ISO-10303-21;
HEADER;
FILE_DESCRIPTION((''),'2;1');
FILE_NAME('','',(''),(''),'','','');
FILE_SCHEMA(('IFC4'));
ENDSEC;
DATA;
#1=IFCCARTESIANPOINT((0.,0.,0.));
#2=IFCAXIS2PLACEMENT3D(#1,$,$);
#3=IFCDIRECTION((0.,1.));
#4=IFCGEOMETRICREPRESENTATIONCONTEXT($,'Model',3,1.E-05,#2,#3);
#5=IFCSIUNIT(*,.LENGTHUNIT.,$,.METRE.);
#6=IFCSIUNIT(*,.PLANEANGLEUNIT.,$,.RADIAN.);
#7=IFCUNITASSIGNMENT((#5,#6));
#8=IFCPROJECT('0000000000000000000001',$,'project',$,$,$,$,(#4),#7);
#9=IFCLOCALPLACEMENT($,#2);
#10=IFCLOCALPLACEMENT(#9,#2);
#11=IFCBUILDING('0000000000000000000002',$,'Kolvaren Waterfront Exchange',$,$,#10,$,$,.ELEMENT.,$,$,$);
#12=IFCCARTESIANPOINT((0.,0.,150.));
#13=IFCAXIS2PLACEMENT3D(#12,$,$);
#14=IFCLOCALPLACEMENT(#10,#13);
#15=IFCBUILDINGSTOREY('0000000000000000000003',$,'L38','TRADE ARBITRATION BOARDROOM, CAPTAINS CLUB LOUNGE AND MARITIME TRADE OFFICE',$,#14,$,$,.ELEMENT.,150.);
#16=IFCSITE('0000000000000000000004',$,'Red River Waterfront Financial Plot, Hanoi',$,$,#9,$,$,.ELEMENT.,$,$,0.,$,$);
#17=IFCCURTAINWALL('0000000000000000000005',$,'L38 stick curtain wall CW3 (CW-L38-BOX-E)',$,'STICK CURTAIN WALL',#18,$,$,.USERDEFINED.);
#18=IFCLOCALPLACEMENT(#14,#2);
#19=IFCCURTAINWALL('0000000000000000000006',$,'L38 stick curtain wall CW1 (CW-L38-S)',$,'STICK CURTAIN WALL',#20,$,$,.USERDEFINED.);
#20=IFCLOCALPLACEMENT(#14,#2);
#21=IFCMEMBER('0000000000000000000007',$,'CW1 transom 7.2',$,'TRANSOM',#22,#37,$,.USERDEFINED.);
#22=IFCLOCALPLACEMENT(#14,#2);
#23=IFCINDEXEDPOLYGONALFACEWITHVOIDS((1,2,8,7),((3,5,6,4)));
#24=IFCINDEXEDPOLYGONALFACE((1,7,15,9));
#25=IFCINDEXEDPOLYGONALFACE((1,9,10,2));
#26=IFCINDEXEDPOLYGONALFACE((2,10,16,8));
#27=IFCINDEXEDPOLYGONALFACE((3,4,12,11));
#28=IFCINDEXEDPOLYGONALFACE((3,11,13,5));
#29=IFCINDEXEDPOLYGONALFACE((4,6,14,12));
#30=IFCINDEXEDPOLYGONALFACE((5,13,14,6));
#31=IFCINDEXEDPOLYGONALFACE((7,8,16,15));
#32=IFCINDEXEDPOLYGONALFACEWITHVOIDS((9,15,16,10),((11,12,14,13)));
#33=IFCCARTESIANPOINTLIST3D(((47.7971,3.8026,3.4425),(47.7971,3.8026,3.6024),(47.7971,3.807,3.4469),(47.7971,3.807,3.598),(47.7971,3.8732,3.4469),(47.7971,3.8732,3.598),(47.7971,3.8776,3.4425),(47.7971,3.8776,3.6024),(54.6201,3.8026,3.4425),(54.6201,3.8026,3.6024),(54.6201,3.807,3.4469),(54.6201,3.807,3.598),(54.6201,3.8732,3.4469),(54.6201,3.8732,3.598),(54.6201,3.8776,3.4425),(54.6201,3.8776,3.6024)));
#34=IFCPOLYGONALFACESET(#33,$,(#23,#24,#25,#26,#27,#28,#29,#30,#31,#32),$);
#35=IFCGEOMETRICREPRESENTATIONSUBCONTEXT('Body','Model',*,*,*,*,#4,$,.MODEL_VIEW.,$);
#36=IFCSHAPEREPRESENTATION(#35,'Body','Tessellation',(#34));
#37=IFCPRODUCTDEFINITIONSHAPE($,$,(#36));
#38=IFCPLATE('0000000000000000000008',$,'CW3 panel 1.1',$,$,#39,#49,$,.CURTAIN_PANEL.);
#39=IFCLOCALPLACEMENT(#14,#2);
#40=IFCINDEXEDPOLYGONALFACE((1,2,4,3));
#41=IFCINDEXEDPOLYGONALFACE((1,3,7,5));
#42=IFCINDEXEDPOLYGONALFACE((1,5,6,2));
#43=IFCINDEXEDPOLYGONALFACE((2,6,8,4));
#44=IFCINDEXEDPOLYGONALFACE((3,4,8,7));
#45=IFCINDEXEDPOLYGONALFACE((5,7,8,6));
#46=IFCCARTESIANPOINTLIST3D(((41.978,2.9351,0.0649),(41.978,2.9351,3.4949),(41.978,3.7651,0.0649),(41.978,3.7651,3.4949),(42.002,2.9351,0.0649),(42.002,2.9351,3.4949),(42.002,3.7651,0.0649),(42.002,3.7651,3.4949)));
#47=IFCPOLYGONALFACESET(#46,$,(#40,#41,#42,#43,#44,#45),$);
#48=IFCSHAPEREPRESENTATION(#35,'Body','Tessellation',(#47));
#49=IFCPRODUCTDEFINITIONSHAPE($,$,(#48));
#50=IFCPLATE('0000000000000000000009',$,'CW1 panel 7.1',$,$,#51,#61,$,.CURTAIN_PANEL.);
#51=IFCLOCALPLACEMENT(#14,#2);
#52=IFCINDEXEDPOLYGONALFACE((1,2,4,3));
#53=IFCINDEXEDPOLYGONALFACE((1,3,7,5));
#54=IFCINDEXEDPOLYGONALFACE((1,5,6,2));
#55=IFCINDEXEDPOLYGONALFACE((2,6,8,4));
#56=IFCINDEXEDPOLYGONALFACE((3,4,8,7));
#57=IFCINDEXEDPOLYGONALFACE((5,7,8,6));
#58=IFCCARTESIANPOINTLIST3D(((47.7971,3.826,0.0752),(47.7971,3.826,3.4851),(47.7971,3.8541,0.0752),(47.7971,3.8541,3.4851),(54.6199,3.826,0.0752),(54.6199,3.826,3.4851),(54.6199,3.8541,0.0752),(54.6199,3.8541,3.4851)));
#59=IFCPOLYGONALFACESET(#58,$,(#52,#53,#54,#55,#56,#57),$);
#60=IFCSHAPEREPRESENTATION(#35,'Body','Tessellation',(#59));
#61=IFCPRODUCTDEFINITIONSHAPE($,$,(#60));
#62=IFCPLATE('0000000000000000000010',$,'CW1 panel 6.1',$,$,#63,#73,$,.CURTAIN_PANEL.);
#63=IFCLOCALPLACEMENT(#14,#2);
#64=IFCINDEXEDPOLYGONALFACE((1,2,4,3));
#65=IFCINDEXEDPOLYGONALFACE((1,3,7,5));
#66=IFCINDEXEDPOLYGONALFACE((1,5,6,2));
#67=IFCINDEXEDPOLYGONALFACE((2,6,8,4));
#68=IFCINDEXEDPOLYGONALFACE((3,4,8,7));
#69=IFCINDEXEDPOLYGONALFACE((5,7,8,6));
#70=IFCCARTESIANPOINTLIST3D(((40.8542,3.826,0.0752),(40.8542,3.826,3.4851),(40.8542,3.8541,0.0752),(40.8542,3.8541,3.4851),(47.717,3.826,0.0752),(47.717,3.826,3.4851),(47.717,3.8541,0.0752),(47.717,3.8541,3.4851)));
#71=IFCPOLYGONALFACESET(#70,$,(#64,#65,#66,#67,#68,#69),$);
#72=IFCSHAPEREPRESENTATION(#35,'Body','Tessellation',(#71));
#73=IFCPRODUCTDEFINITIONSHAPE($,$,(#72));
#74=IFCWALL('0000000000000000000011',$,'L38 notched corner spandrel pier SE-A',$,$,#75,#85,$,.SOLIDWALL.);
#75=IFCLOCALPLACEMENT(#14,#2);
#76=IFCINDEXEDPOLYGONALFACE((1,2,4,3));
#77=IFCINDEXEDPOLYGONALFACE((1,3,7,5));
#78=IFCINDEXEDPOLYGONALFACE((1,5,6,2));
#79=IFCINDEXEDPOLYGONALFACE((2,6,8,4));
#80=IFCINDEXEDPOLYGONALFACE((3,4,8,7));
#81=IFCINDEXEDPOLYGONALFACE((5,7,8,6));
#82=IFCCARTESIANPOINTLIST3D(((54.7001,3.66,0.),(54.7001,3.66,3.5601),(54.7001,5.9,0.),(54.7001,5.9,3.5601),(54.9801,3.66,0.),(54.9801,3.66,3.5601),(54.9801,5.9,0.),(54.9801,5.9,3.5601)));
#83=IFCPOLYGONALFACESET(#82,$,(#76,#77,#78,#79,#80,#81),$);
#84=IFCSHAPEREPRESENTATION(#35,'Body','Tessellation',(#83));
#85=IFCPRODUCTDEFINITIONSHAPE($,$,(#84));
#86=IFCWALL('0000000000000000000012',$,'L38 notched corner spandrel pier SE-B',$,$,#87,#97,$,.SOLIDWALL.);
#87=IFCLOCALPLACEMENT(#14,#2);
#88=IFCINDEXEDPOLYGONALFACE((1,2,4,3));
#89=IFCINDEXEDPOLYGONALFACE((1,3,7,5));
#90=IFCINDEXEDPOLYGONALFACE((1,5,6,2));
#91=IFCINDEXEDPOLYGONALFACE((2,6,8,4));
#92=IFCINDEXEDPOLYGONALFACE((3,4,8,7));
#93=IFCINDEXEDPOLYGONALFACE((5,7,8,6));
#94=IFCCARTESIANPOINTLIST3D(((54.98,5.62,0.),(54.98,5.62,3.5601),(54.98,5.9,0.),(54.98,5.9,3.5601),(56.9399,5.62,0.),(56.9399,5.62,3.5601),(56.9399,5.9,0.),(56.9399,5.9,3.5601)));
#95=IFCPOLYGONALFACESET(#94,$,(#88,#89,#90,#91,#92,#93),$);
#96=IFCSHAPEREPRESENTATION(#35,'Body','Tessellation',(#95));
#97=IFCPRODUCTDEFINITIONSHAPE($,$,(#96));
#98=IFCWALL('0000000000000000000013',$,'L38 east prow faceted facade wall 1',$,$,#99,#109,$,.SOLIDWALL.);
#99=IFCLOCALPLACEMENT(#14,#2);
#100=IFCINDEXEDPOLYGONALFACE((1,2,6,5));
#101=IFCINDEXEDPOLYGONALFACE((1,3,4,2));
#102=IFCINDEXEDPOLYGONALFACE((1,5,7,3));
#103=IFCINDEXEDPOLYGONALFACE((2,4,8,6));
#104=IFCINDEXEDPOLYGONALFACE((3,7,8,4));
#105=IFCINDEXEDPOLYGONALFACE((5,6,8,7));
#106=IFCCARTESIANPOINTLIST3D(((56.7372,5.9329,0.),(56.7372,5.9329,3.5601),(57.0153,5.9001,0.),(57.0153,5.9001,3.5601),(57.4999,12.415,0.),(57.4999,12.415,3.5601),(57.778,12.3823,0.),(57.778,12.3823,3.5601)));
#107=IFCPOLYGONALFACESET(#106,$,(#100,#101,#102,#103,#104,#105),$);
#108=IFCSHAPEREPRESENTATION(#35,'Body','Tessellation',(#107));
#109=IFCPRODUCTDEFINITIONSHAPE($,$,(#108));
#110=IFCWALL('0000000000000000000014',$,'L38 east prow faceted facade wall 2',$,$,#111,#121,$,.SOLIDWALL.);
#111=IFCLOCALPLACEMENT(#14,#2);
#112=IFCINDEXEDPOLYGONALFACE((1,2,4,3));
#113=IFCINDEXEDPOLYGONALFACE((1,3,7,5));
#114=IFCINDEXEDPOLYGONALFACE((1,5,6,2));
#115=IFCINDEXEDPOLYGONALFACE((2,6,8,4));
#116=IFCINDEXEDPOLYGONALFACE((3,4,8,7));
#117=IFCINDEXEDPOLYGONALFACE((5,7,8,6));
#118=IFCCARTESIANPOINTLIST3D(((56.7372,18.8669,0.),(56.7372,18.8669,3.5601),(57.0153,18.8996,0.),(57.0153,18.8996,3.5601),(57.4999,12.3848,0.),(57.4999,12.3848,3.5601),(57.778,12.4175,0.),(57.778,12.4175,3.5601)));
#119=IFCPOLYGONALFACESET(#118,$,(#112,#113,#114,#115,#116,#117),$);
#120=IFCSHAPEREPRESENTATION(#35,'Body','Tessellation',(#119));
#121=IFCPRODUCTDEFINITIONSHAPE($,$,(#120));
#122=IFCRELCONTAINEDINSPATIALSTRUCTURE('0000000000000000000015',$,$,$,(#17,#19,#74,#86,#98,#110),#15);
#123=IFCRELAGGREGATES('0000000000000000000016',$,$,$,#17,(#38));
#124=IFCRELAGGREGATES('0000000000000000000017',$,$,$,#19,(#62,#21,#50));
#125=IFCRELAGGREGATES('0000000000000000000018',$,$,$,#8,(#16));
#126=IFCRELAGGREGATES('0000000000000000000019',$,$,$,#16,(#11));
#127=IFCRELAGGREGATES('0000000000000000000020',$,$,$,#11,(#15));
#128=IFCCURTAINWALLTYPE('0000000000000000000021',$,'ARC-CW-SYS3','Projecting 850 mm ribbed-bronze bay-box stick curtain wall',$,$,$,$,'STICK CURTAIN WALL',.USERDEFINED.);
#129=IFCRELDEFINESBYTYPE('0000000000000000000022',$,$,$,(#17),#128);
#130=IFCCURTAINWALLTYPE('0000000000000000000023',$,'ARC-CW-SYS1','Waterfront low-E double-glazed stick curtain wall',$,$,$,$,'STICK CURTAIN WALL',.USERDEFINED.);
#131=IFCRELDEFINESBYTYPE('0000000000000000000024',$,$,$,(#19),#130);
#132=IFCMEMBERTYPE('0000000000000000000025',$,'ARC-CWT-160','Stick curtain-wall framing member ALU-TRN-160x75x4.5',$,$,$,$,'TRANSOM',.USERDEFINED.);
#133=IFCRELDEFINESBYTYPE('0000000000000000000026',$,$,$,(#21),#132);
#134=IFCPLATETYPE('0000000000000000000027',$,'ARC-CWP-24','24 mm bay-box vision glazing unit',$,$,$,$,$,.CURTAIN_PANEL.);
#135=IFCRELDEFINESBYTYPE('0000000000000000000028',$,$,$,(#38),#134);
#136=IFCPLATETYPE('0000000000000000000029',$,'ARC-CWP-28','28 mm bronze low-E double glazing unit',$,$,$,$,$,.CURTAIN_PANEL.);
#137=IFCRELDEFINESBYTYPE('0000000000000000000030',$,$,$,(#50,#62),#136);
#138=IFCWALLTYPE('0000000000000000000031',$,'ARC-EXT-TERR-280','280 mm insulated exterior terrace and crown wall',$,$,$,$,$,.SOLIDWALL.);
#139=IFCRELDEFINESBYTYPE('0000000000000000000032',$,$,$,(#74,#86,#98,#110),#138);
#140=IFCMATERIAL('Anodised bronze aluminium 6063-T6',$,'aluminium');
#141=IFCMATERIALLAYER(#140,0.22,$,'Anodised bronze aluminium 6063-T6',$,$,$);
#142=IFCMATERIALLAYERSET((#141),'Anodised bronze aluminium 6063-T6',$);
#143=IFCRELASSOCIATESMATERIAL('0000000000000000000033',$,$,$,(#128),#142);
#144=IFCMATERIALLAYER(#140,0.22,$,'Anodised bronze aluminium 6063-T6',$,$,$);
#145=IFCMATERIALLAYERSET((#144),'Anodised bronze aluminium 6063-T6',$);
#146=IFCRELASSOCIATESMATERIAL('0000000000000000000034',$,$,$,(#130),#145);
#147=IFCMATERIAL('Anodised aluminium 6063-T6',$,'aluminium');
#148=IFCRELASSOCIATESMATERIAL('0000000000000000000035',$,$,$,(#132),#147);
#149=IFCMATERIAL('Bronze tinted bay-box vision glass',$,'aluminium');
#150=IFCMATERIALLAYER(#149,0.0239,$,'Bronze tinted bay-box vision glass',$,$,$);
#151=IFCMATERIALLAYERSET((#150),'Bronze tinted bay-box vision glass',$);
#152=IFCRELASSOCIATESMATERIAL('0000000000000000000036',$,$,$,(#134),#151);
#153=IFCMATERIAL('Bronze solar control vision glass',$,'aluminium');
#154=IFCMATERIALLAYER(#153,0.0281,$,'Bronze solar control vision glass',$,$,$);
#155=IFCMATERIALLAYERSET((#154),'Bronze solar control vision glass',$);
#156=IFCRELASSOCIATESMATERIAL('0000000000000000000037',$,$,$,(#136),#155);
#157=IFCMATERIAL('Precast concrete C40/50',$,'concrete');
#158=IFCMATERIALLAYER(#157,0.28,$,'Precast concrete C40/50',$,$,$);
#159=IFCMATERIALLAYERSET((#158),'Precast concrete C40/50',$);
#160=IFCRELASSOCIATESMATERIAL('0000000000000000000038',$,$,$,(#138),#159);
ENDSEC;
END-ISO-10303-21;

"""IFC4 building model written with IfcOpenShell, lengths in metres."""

from ifc_helpers import new_model, si_unit, direction, frame, frame_2d, origin, origin_with_axes, origin_2d, place, context, subcontext, project, spatial, rectangle, hollow_rectangle, extrude, source, transform, mapped, material, layer, layer_set, material_profile, profile_set, type_object, element, aggregate, save


model = new_model("IFC4")

# Units and contexts
model_context = context("Model", 3, precision=1e-05, world=origin(), true_north=direction((0.0, 1.0)))
body_context = subcontext(model_context, "Body", "Model", "MODEL_VIEW")
ifc_project = project(units=[si_unit("LENGTHUNIT", "METRE"), si_unit("PLANEANGLEUNIT", "RADIAN")], contexts=[model_context])

# Site, building, storey
site_placement = place(None, origin())
site = spatial("IfcSite", under=ifc_project, at=site_placement, Name="Red River Waterfront Financial Plot, Hanoi", CompositionType="ELEMENT", RefElevation=0.0)
building_placement = place(site_placement, origin())
building = spatial("IfcBuilding", under=site, at=building_placement, Name="Kolvaren Waterfront Exchange", CompositionType="ELEMENT")
storey_placement = place(building_placement, frame((0.0, 0.0, 150.0)))
storey = spatial("IfcBuildingStorey", under=building, at=storey_placement, Name="L38", Description="TRADE ARBITRATION BOARDROOM, CAPTAINS CLUB LOUNGE AND MARITIME TRADE OFFICE", CompositionType="ELEMENT", Elevation=150.0)

# Curtain walls, member
ifc_material_1 = material(Name="Anodised bronze aluminium 6063-T6", Category="aluminium")
ifc_layer_1 = layer(ifc_material_1, 0.22, Name="Anodised bronze aluminium 6063-T6")
ifc_layer_set_1 = layer_set([ifc_layer_1], Name="Anodised bronze aluminium 6063-T6")
curtain_wall_type_1 = type_object("IfcCurtainWallType", Name="ARC-CW-SYS3", Description="Projecting 850 mm ribbed-bronze bay-box stick curtain wall", ElementType="STICK CURTAIN WALL", PredefinedType="USERDEFINED", material=ifc_layer_set_1)
curtain_wall_1_placement = place(storey_placement, origin())
curtain_wall_1 = element("IfcCurtainWall", 1, at=curtain_wall_1_placement, inside=storey, type_object=curtain_wall_type_1, Name="L38 stick curtain wall CW3 (CW-L38-BOX-E)", ObjectType="STICK CURTAIN WALL", PredefinedType="USERDEFINED")
ifc_layer_2 = layer(ifc_material_1, 0.22, Name="Anodised bronze aluminium 6063-T6")
ifc_layer_set_2 = layer_set([ifc_layer_2], Name="Anodised bronze aluminium 6063-T6")
curtain_wall_type_2 = type_object("IfcCurtainWallType", Name="ARC-CW-SYS1", Description="Waterfront low-E double-glazed stick curtain wall", ElementType="STICK CURTAIN WALL", PredefinedType="USERDEFINED", material=ifc_layer_set_2)
curtain_wall_2_placement = place(storey_placement, origin())
curtain_wall_2 = element("IfcCurtainWall", 2, at=curtain_wall_2_placement, inside=storey, type_object=curtain_wall_type_2, Name="L38 stick curtain wall CW1 (CW-L38-S)", ObjectType="STICK CURTAIN WALL", PredefinedType="USERDEFINED")
ifc_material_2 = material(Name="Anodised aluminium 6063-T6", Category="aluminium")
ifc_material_profile_1 = material_profile(ifc_material_2, hollow_rectangle(XDim=0.075, YDim=0.1599, WallThickness=0.0044, at=origin_2d()), Name="ALU-TRN-160x75x4.5")
ifc_profile_set_1 = profile_set([ifc_material_profile_1], Name="Anodised aluminium 6063-T6")
member_type_1 = type_object("IfcMemberType", Name="ARC-CWT-160", Description="Stick curtain-wall framing member ALU-TRN-160x75x4.5", ElementType="TRANSOM", PredefinedType="USERDEFINED", material=ifc_profile_set_1)
shared_shape_1 = source(origin_with_axes(), body_context, "Body", "SweptSolid", [
    extrude(hollow_rectangle(XDim=0.075, YDim=0.1599, WallThickness=0.0044, at=origin_2d()), origin(), (0.0, 0.0, 1.0), 6.823),
])
member_1_placement = place(storey_placement, frame((47.7971, 3.8401, 3.5225), z_axis=(1.0, 0.0, 0.0), x_axis=(0.0, 1.0, 0.0)))
member_1 = element("IfcMember", 3, at=member_1_placement, type_object=member_type_1, Name="CW1 transom 7.2", ObjectType="TRANSOM", PredefinedType="USERDEFINED", context=body_context, shape_type="MappedRepresentation", body=[
    mapped(shared_shape_1, transform((0.0, 0.0, 0.0), x_axis=(1.0, 0.0, 0.0), y_axis=(0.0, 1.0, 0.0), z_axis=(0.0, 0.0, 1.0), scale=1.0)),
])

# Plates
ifc_material_3 = material(Name="Bronze tinted bay-box vision glass", Category="aluminium")
ifc_layer_3 = layer(ifc_material_3, 0.0239, Name="Bronze tinted bay-box vision glass")
ifc_layer_set_3 = layer_set([ifc_layer_3], Name="Bronze tinted bay-box vision glass")
plate_type_1 = type_object("IfcPlateType", Name="ARC-CWP-24", Description="24 mm bay-box vision glazing unit", PredefinedType="CURTAIN_PANEL", material=ifc_layer_set_3)
shared_shape_2 = source(origin_with_axes(), body_context, "Body", "SweptSolid", [
    extrude(rectangle(XDim=0.8301, YDim=0.0239, at=origin_2d()), origin(), (0.0, 0.0, 1.0), 3.4299),
])
plate_1_placement = place(storey_placement, frame((41.99, 3.3501, 0.0649), z_axis=(0.0, 0.0, 1.0), x_axis=(0.0, 1.0, 0.0)))
plate_1 = element("IfcPlate", 4, at=plate_1_placement, type_object=plate_type_1, Name="CW3 panel 1.1", PredefinedType="CURTAIN_PANEL", context=body_context, shape_type="MappedRepresentation", body=[
    mapped(shared_shape_2, transform((0.0, 0.0, 0.0), x_axis=(1.0, 0.0, 0.0), y_axis=(0.0, 1.0, 0.0), z_axis=(0.0, 0.0, 1.0), scale=1.0)),
])
aggregate(curtain_wall_1, [plate_1])
ifc_material_4 = material(Name="Bronze solar control vision glass", Category="aluminium")
ifc_layer_4 = layer(ifc_material_4, 0.0281, Name="Bronze solar control vision glass")
ifc_layer_set_4 = layer_set([ifc_layer_4], Name="Bronze solar control vision glass")
plate_type_2 = type_object("IfcPlateType", Name="ARC-CWP-28", Description="28 mm bronze low-E double glazing unit", PredefinedType="CURTAIN_PANEL", material=ifc_layer_set_4)
shared_shape_3 = source(origin_with_axes(), body_context, "Body", "SweptSolid", [
    extrude(rectangle(XDim=6.8228, YDim=0.0281, at=origin_2d()), origin(), (0.0, 0.0, 1.0), 3.4099),
])
plate_2_placement = place(storey_placement, frame((51.2085, 3.8401, 0.0752), z_axis=(0.0, 0.0, 1.0), x_axis=(1.0, 0.0, 0.0)))
plate_2 = element("IfcPlate", 5, at=plate_2_placement, type_object=plate_type_2, Name="CW1 panel 7.1", PredefinedType="CURTAIN_PANEL", context=body_context, shape_type="MappedRepresentation", body=[
    mapped(shared_shape_3, transform((0.0, 0.0, 0.0), x_axis=(1.0, 0.0, 0.0), y_axis=(0.0, 1.0, 0.0), z_axis=(0.0, 0.0, 1.0), scale=1.0)),
])
shared_shape_4 = source(origin_with_axes(), body_context, "Body", "SweptSolid", [
    extrude(rectangle(XDim=6.8628, YDim=0.0281, at=origin_2d()), origin(), (0.0, 0.0, 1.0), 3.4099),
])
plate_3_placement = place(storey_placement, frame((44.2856, 3.8401, 0.0752), z_axis=(0.0, 0.0, 1.0), x_axis=(1.0, 0.0, 0.0)))
plate_3 = element("IfcPlate", 6, at=plate_3_placement, type_object=plate_type_2, Name="CW1 panel 6.1", PredefinedType="CURTAIN_PANEL", context=body_context, shape_type="MappedRepresentation", body=[
    mapped(shared_shape_4, transform((0.0, 0.0, 0.0), x_axis=(1.0, 0.0, 0.0), y_axis=(0.0, 1.0, 0.0), z_axis=(0.0, 0.0, 1.0), scale=1.0)),
])
aggregate(curtain_wall_2, [plate_3, member_1, plate_2])

# Walls
ifc_material_5 = material(Name="Precast concrete C40/50", Category="concrete")
ifc_layer_5 = layer(ifc_material_5, 0.28, Name="Precast concrete C40/50")
ifc_layer_set_5 = layer_set([ifc_layer_5], Name="Precast concrete C40/50")
wall_type = type_object("IfcWallType", Name="ARC-EXT-TERR-280", Description="280 mm insulated exterior terrace and crown wall", PredefinedType="SOLIDWALL", material=ifc_layer_set_5)
wall_1_placement = place(storey_placement, frame((54.8401, 3.6599, 0.0), z_axis=(0.0, 0.0, 1.0), x_axis=(0.0, 1.0, 0.0)))
element("IfcWall", 7, at=wall_1_placement, inside=storey, type_object=wall_type, Name="L38 notched corner spandrel pier SE-A", PredefinedType="SOLIDWALL", context=body_context, shape_type="SweptSolid", body=[
    extrude(rectangle(XDim=2.24, YDim=0.28, at=frame_2d((1.1201, 0.0))), origin(), (0.0, 0.0, 1.0), 3.5601),
])
wall_2_placement = place(storey_placement, frame((54.98, 5.76, 0.0), z_axis=(0.0, 0.0, 1.0), x_axis=(1.0, 0.0, 0.0)))
element("IfcWall", 8, at=wall_2_placement, inside=storey, type_object=wall_type, Name="L38 notched corner spandrel pier SE-B", PredefinedType="SOLIDWALL", context=body_context, shape_type="SweptSolid", body=[
    extrude(rectangle(XDim=1.96, YDim=0.28, at=frame_2d((0.98, 0.0))), origin(), (0.0, 0.0, 1.0), 3.5601),
])
for number, where, z_axis, x_axis, name in (
    (9, (56.8762, 5.9165, 0.0), (0.0, 0.0, 1.0), (0.116854, 0.993149, 0.0), "L38 east prow faceted facade wall 1"),
    (10, (57.6389, 12.4011, 0.0), (0.0, 0.0, 1.0), (-0.116854, 0.993149, 0.0), "L38 east prow faceted facade wall 2"),
):
    element("IfcWall", number, at=place(storey_placement, frame(where, z_axis=z_axis, x_axis=x_axis)), inside=storey, type_object=wall_type, Name=name, PredefinedType="SOLIDWALL", context=body_context, shape_type="SweptSolid", body=[
        extrude(rectangle(XDim=6.5269, YDim=0.28, at=frame_2d((3.2634, 0.0))), origin(), (0.0, 0.0, 1.0), 3.5601),
    ])

save(model, "model.ifc")
